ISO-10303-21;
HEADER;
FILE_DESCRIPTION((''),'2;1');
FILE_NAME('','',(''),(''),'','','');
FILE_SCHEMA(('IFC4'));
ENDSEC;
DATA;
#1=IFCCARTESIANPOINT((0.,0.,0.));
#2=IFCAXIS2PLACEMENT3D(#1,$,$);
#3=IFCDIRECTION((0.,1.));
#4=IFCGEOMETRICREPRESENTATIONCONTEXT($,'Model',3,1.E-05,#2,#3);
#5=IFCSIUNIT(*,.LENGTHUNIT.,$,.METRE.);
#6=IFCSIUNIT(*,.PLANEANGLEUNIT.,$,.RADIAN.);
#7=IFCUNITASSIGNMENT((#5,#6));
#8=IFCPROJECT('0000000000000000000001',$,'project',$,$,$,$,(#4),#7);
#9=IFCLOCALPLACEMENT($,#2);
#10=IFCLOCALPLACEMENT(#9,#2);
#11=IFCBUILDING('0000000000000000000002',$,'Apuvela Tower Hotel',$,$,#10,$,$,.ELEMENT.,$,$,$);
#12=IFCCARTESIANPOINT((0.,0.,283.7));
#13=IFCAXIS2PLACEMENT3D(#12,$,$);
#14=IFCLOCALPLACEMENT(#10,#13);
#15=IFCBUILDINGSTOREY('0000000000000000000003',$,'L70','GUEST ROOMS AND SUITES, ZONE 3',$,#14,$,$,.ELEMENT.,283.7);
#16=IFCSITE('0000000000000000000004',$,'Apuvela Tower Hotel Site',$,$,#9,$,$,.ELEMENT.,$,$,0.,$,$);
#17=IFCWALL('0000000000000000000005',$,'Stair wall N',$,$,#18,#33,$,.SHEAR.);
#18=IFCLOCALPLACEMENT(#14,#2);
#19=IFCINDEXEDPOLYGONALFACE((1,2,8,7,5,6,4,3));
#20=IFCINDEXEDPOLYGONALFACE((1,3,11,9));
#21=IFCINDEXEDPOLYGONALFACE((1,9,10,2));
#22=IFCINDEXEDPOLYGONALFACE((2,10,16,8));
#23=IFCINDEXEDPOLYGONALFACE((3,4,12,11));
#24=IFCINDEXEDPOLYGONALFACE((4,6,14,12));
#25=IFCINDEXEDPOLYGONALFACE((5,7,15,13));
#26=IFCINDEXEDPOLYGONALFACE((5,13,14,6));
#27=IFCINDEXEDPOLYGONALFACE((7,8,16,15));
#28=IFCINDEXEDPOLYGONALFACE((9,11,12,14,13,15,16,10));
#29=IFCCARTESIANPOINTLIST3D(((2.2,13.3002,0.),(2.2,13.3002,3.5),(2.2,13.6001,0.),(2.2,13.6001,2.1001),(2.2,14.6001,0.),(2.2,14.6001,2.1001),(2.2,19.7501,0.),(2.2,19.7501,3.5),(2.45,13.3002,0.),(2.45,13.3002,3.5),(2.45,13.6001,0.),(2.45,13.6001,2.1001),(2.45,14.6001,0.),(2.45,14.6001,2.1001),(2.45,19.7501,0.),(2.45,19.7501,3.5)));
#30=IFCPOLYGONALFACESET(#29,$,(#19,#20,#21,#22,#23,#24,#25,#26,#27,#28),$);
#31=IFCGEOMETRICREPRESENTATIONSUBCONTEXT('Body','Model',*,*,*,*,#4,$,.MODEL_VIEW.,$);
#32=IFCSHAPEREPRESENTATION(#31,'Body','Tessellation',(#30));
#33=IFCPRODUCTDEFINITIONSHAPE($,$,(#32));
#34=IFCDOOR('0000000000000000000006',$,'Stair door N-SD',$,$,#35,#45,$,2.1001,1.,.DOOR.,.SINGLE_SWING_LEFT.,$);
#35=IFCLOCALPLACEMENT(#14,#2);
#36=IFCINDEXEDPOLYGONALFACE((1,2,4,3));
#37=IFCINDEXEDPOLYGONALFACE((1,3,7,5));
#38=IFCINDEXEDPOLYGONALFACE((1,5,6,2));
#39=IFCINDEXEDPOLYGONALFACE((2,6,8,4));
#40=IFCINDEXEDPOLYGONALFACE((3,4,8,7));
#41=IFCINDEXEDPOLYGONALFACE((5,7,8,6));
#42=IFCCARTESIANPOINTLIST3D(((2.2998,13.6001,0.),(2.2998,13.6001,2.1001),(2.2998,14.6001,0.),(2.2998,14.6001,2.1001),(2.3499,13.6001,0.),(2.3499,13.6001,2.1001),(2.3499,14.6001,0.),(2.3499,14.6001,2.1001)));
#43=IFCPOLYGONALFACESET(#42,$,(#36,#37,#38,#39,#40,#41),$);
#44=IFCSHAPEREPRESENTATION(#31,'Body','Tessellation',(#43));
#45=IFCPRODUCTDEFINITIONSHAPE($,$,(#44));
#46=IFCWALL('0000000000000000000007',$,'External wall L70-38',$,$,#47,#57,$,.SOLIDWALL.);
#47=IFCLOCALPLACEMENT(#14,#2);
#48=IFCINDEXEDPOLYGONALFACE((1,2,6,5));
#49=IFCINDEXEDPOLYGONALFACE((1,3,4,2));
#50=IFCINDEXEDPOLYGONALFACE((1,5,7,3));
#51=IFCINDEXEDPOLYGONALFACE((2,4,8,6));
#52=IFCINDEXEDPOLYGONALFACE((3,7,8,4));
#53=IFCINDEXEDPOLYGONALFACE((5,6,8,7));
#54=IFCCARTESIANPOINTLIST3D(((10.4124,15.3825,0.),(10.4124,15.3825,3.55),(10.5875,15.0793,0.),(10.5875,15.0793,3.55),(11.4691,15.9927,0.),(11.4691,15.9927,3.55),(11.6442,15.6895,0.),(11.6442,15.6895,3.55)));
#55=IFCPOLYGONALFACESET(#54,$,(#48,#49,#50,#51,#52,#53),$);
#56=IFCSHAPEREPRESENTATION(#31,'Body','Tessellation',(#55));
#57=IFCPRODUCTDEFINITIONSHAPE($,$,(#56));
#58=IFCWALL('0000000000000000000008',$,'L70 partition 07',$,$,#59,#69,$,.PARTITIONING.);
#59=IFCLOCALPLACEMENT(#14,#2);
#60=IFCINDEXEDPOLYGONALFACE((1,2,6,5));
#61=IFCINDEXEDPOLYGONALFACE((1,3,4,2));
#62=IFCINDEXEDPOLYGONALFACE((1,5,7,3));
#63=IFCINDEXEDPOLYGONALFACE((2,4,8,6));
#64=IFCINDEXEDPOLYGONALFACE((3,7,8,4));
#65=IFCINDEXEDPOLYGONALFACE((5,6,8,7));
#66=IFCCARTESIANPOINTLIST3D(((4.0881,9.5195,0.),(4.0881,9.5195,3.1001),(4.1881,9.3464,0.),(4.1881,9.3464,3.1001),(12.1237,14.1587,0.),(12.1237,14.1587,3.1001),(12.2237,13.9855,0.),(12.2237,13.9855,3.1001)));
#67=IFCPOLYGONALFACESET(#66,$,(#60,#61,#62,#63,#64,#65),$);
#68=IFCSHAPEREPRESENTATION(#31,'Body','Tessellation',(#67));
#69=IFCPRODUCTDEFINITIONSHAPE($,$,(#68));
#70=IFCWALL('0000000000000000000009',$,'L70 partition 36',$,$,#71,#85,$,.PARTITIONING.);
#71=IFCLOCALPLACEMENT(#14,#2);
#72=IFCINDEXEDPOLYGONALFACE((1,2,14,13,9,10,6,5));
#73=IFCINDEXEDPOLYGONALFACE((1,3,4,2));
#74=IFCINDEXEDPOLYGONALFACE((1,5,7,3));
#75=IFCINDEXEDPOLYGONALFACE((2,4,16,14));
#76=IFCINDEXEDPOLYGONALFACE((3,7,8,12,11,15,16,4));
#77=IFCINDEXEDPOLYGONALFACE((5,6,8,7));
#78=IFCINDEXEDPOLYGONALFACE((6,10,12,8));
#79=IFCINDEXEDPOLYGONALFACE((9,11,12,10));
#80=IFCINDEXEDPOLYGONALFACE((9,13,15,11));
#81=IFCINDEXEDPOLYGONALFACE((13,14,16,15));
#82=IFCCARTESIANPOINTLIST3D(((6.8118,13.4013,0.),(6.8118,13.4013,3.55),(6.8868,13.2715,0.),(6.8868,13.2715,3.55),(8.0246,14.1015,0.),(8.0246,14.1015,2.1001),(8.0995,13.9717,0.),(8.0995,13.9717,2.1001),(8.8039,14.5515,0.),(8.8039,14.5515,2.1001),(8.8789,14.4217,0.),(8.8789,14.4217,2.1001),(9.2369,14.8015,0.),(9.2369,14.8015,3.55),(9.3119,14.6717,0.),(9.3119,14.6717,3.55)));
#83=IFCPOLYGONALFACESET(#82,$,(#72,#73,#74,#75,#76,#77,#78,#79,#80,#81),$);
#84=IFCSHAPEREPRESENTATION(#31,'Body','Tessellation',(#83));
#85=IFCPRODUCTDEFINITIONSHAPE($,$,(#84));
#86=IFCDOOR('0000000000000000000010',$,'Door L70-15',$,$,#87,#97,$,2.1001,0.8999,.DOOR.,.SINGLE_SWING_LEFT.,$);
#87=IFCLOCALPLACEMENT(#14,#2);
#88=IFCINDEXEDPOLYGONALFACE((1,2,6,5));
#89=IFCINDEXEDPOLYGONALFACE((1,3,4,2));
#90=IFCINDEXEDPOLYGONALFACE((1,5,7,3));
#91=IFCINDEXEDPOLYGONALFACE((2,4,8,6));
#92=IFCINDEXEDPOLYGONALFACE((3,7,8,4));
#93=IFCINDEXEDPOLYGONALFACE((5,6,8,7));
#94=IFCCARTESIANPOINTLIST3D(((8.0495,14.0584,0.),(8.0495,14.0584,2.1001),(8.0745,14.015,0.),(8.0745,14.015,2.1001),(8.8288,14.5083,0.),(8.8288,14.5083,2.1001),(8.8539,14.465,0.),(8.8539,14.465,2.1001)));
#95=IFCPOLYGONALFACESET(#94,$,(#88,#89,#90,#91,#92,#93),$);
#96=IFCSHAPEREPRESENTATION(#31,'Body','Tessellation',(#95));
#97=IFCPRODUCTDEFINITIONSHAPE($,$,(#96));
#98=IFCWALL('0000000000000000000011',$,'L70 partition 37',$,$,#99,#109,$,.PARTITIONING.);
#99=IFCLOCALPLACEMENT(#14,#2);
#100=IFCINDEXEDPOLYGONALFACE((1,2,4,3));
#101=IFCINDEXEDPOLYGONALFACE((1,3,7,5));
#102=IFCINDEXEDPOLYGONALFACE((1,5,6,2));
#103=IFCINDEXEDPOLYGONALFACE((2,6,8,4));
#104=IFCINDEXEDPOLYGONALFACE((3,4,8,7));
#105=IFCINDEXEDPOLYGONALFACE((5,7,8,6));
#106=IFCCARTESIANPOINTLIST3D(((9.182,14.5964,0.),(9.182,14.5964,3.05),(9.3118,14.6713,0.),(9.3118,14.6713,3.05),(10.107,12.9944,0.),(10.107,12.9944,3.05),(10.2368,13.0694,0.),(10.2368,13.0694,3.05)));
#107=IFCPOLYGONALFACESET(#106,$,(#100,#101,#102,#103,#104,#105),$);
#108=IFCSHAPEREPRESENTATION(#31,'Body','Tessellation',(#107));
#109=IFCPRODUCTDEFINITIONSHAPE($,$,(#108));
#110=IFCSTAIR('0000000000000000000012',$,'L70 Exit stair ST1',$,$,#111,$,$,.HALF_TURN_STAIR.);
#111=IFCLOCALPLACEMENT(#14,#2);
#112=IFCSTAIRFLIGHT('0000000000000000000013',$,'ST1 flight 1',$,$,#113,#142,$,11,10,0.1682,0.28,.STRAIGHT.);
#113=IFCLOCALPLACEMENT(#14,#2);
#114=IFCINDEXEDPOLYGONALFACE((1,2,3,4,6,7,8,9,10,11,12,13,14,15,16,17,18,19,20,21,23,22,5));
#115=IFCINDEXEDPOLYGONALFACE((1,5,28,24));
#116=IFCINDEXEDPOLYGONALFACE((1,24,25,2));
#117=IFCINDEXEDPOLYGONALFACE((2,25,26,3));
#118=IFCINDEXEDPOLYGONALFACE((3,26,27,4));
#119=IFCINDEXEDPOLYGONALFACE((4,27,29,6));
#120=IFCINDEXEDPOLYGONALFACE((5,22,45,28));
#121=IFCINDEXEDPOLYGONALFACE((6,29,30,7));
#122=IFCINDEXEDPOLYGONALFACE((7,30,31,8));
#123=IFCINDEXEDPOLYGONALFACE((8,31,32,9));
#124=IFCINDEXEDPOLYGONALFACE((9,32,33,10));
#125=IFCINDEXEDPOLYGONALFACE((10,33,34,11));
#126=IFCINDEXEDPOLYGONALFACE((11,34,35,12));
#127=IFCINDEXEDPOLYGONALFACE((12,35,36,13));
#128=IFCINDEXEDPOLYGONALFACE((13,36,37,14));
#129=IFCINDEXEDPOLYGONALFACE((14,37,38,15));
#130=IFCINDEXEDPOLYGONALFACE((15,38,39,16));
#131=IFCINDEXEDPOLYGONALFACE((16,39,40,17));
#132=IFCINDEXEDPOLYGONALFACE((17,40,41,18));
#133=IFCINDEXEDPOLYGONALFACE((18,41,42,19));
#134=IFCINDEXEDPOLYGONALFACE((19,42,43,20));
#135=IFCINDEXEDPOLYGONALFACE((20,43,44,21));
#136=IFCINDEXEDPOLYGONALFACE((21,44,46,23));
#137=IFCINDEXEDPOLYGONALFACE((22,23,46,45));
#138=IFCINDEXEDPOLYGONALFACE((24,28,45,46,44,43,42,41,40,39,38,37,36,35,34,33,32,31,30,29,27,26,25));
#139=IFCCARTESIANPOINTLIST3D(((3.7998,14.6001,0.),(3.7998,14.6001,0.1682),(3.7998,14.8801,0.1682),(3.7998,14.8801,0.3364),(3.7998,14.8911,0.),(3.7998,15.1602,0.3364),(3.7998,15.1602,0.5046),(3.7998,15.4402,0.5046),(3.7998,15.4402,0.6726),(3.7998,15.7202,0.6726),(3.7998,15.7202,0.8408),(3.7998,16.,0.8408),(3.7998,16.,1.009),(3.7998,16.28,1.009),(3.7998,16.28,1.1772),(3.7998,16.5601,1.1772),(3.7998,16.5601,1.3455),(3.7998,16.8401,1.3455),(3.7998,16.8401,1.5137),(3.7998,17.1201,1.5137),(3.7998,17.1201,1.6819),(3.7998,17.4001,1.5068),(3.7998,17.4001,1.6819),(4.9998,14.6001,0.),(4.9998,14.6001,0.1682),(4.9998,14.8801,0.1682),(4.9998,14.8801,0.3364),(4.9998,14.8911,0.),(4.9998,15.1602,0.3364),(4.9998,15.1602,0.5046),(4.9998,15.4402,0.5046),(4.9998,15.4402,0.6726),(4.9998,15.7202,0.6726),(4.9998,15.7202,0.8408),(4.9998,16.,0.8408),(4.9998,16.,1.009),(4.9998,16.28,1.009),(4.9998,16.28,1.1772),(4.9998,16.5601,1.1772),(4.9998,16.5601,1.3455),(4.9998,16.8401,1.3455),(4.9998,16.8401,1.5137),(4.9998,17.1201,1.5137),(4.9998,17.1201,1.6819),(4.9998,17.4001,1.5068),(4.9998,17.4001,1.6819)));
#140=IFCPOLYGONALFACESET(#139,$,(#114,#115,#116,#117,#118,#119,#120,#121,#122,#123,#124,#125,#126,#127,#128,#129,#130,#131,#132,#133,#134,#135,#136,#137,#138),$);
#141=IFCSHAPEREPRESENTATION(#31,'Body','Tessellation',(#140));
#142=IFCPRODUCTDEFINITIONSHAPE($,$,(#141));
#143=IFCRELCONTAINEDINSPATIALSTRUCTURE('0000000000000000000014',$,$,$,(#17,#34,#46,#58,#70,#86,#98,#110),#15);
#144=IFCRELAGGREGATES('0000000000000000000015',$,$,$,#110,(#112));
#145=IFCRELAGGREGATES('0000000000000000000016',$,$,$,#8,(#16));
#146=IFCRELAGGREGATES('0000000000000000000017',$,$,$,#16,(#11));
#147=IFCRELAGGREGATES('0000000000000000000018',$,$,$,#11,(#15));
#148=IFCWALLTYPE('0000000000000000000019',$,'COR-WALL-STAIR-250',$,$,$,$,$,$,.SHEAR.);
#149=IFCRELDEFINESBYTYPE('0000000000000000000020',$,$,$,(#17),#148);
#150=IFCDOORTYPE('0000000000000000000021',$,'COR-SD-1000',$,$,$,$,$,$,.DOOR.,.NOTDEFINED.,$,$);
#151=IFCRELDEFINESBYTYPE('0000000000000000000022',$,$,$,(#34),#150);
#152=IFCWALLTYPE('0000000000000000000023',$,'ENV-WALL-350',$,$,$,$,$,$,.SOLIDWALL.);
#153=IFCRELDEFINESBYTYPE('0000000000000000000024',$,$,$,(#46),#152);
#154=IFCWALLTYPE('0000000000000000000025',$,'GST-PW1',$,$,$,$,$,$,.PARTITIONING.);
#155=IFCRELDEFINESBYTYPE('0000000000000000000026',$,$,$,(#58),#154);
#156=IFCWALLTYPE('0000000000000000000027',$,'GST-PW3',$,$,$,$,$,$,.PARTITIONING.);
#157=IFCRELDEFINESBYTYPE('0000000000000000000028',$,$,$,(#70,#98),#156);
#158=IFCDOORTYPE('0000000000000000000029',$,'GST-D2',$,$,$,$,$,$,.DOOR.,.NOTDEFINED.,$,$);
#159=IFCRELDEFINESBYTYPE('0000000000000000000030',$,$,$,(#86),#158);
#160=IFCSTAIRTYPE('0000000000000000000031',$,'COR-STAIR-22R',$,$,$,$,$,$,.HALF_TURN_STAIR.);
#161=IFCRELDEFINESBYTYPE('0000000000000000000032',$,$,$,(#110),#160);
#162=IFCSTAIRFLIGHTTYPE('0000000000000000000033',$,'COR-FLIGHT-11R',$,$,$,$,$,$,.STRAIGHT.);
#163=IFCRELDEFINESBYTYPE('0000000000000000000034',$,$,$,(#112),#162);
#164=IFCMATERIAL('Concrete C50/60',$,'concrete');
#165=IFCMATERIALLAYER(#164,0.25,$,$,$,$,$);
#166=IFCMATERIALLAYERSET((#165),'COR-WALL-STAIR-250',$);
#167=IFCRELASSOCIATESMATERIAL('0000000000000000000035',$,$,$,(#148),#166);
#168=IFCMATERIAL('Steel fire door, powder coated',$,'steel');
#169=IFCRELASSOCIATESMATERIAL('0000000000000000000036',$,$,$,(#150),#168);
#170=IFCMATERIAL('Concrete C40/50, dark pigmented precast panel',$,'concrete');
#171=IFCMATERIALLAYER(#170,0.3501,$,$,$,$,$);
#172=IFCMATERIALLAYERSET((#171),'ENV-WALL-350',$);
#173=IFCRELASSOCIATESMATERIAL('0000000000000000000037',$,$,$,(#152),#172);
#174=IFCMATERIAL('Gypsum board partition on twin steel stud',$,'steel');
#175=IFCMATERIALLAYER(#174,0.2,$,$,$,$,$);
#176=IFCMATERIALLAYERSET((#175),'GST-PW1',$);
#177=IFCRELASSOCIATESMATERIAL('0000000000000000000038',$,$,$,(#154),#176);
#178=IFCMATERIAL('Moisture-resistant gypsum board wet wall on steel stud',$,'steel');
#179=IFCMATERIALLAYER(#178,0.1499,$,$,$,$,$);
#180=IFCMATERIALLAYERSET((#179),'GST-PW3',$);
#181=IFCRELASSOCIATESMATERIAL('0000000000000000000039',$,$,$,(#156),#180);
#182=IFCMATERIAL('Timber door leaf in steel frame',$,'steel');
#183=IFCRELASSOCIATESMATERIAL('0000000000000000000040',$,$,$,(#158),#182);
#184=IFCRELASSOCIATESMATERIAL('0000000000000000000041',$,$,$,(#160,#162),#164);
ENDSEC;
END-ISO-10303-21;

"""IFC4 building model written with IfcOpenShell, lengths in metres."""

from ifc_helpers import new_model, si_unit, direction, frame, frame_2d, origin, place, context, subcontext, project, spatial, polyline, rectangle, outline, extrude, material, layer, layer_set, type_object, element, fill, aggregate, save


model = new_model("IFC4")

# Units and contexts
model_context = context("Model", 3, precision=1e-05, world=origin(), true_north=direction((0.0, 1.0)))
body_context = subcontext(model_context, "Body", "Model", "MODEL_VIEW")
ifc_project = project(units=[si_unit("LENGTHUNIT", "METRE"), si_unit("PLANEANGLEUNIT", "RADIAN")], contexts=[model_context])

# Site, building, storey
site_placement = place(None, origin())
site = spatial("IfcSite", under=ifc_project, at=site_placement, Name="Apuvela Tower Hotel Site", CompositionType="ELEMENT", RefElevation=0.0)
building_placement = place(site_placement, origin())
building = spatial("IfcBuilding", under=site, at=building_placement, Name="Apuvela Tower Hotel", CompositionType="ELEMENT")
storey_placement = place(building_placement, frame((0.0, 0.0, 283.7)))
storey = spatial("IfcBuildingStorey", under=building, at=storey_placement, Name="L70", Description="GUEST ROOMS AND SUITES, ZONE 3", CompositionType="ELEMENT", Elevation=283.7)

# Shared definitions
ifc_material_1 = material(Name="Concrete C50/60", Category="concrete")
ifc_material_2 = material(Name="Steel fire door, powder coated", Category="steel")

# Wall, opening, door
ifc_layer_1 = layer(ifc_material_1, 0.25)
ifc_layer_set_1 = layer_set([ifc_layer_1], Name="COR-WALL-STAIR-250")
wall_type_1 = type_object("IfcWallType", Name="COR-WALL-STAIR-250", PredefinedType="SHEAR", material=ifc_layer_set_1)
wall_1_placement = place(storey_placement, frame((2.325, 13.3, 0.0), z_axis=(0.0, 0.0, 1.0), x_axis=(0.0, 1.0, 0.0)))
wall_1 = element("IfcWall", 1, at=wall_1_placement, inside=storey, type_object=wall_type_1, Name="Stair wall N", PredefinedType="SHEAR", context=body_context, shape_type="SweptSolid", body=[
    extrude(rectangle(XDim=6.45, YDim=0.25, at=frame_2d((3.2251, 0.0))), origin(), (0.0, 0.0, 1.0), 3.5),
])
opening_1_placement = place(wall_1_placement, frame((0.3, 0.0, 0.0)))
opening_1 = element("IfcOpeningElement", 2, at=opening_1_placement, cuts=wall_1, PredefinedType="OPENING", context=body_context, shape_type="SweptSolid", body=[
    extrude(rectangle(XDim=1.0, YDim=2.1001, at=frame_2d((0.5, 1.05))), frame((0.0, 0.135, 0.0), z_axis=(0.0, -1.0, 0.0), x_axis=(1.0, 0.0, 0.0)), (0.0, 0.0, 1.0), 0.27),
])
door_type_1 = type_object("IfcDoorType", Name="COR-SD-1000", OperationType="NOTDEFINED", PredefinedType="DOOR", material=ifc_material_2)
door_1_placement = place(opening_1_placement, frame((1.0, 0.0, 0.0), z_axis=(0.0, 0.0, 1.0), x_axis=(-1.0, 0.0, 0.0)))
door_1 = element("IfcDoor", 3, at=door_1_placement, inside=storey, type_object=door_type_1, Name="Stair door N-SD", OperationType="SINGLE_SWING_LEFT", OverallHeight=2.1001, OverallWidth=1.0, PredefinedType="DOOR", context=body_context, shape_type="SweptSolid", body=[
    extrude(rectangle(XDim=1.0, YDim=2.1001, at=frame_2d((0.5, 1.05))), frame((0.0, 0.0249, 0.0), z_axis=(0.0, -1.0, 0.0), x_axis=(1.0, 0.0, 0.0)), (0.0, 0.0, 1.0), 0.05),
])
fill(opening_1, door_1)

# Wall
ifc_material_3 = material(Name="Concrete C40/50, dark pigmented precast panel", Category="concrete")
ifc_layer_2 = layer(ifc_material_3, 0.3501)
ifc_layer_set_2 = layer_set([ifc_layer_2], Name="ENV-WALL-350")
wall_type_2 = type_object("IfcWallType", Name="ENV-WALL-350", PredefinedType="SOLIDWALL", material=ifc_layer_set_2)
wall_2_placement = place(storey_placement, frame((11.5566, 15.8411, 0.0), z_axis=(0.0, 0.0, 1.0), x_axis=(-0.866006, -0.500034, 0.0)))
element("IfcWall", 4, at=wall_2_placement, inside=storey, type_object=wall_type_2, Name="External wall L70-38", PredefinedType="SOLIDWALL", context=body_context, shape_type="SweptSolid", body=[
    extrude(rectangle(XDim=1.2202, YDim=0.3501, at=frame_2d((0.6101, 0.0))), origin(), (0.0, 0.0, 1.0), 3.55),
])

# Wall
ifc_material_4 = material(Name="Gypsum board partition on twin steel stud", Category="steel")
ifc_layer_3 = layer(ifc_material_4, 0.2)
ifc_layer_set_3 = layer_set([ifc_layer_3], Name="GST-PW1")
wall_type_3 = type_object("IfcWallType", Name="GST-PW1", PredefinedType="PARTITIONING", material=ifc_layer_set_3)
wall_3_placement = place(storey_placement, frame((12.1736, 14.072, 0.0), z_axis=(0.0, 0.0, 1.0), x_axis=(-0.866036, -0.499982, 0.0)))
element("IfcWall", 5, at=wall_3_placement, inside=storey, type_object=wall_type_3, Name="L70 partition 07", PredefinedType="PARTITIONING", context=body_context, shape_type="SweptSolid", body=[
    extrude(rectangle(XDim=9.2786, YDim=0.2, at=frame_2d((4.6392, 0.0))), origin(), (0.0, 0.0, 1.0), 3.1001),
])

# Wall, opening, door
ifc_material_5 = material(Name="Moisture-resistant gypsum board wet wall on steel stud", Category="steel")
ifc_layer_4 = layer(ifc_material_5, 0.1499)
ifc_layer_set_4 = layer_set([ifc_layer_4], Name="GST-PW3")
wall_type_4 = type_object("IfcWallType", Name="GST-PW3", PredefinedType="PARTITIONING", material=ifc_layer_set_4)
wall_4_placement = place(storey_placement, frame((9.2744, 14.7366, 0.0), z_axis=(0.0, 0.0, 1.0), x_axis=(-0.866019, -0.500012, 0.0)))
wall_4 = element("IfcWall", 6, at=wall_4_placement, inside=storey, type_object=wall_type_4, Name="L70 partition 36", PredefinedType="PARTITIONING", context=body_context, shape_type="SweptSolid", body=[
    extrude(rectangle(XDim=2.8003, YDim=0.1499, at=frame_2d((1.4001, 0.0))), origin(), (0.0, 0.0, 1.0), 3.55),
])
opening_2_placement = place(wall_4_placement, frame((0.5, 0.0, 0.0)))
opening_2 = element("IfcOpeningElement", 7, at=opening_2_placement, cuts=wall_4, PredefinedType="OPENING", context=body_context, shape_type="SweptSolid", body=[
    extrude(rectangle(XDim=0.8999, YDim=2.1001, at=frame_2d((0.45, 1.05))), frame((0.0, 0.085, 0.0), z_axis=(0.0, -1.0, 0.0), x_axis=(1.0, 0.0, 0.0)), (0.0, 0.0, 1.0), 0.1699),
])
ifc_material_6 = material(Name="Timber door leaf in steel frame", Category="steel")
door_type_2 = type_object("IfcDoorType", Name="GST-D2", OperationType="NOTDEFINED", PredefinedType="DOOR", material=ifc_material_6)
door_2_placement = place(opening_2_placement, origin())
door_2 = element("IfcDoor", 8, at=door_2_placement, inside=storey, type_object=door_type_2, Name="Door L70-15", OperationType="SINGLE_SWING_LEFT", OverallHeight=2.1001, OverallWidth=0.8999, PredefinedType="DOOR", context=body_context, shape_type="SweptSolid", body=[
    extrude(rectangle(XDim=0.8999, YDim=2.1001, at=frame_2d((0.45, 1.05))), frame((0.0, 0.0249, 0.0), z_axis=(0.0, -1.0, 0.0), x_axis=(1.0, 0.0, 0.0)), (0.0, 0.0, 1.0), 0.05),
])
fill(opening_2, door_2)

# Wall
wall_5_placement = place(storey_placement, frame((10.1719, 13.032, 0.0), z_axis=(0.0, 0.0, 1.0), x_axis=(-0.500042, 0.866001, 0.0)))
element("IfcWall", 9, at=wall_5_placement, inside=storey, type_object=wall_type_4, Name="L70 partition 37", PredefinedType="PARTITIONING", context=body_context, shape_type="SweptSolid", body=[
    extrude(rectangle(XDim=1.8499, YDim=0.1499, at=frame_2d((0.9248, 0.0))), origin(), (0.0, 0.0, 1.0), 3.05),
])

# Stair, stair flight
stair_type = type_object("IfcStairType", Name="COR-STAIR-22R", PredefinedType="HALF_TURN_STAIR", material=ifc_material_1)
stair_placement = place(storey_placement, origin())
stair = element("IfcStair", 10, at=stair_placement, inside=storey, type_object=stair_type, Name="L70 Exit stair ST1", PredefinedType="HALF_TURN_STAIR")
stair_flight_type = type_object("IfcStairFlightType", Name="COR-FLIGHT-11R", PredefinedType="STRAIGHT", material=ifc_material_1)
stair_flight_placement = place(storey_placement, frame((4.3999, 14.6001, 0.0), z_axis=(0.0, 0.0, 1.0), x_axis=(0.0, 1.0, 0.0)))
stair_flight = element("IfcStairFlight", 11, at=stair_flight_placement, type_object=stair_flight_type, Name="ST1 flight 1", NumberOfRisers=11, NumberOfTreads=10, PredefinedType="STRAIGHT", RiserHeight=0.1682, TreadLength=0.28, context=body_context, shape_type="SweptSolid", body=[
    extrude(outline(polyline([(0.0, 0.0), (0.0, 0.1682), (0.28, 0.1682), (0.28, 0.3364), (0.5601, 0.3364), (0.5601, 0.5046), (0.8401, 0.5046), (0.8401, 0.6726), (1.1201, 0.6726), (1.1201, 0.8408), (1.3999, 0.8408), (1.3999, 1.009), (1.6799, 1.009), (1.6799, 1.1772), (1.96, 1.1772), (1.96, 1.3455), (2.24, 1.3455), (2.24, 1.5137), (2.52, 1.5137), (2.52, 1.6819), (2.8, 1.6819), (2.8, 1.8501), (2.8, 1.5068), (0.291, 0.0), (0.0, 0.0)])), frame((0.0, 0.6001, 0.0), z_axis=(0.0, -1.0, 0.0), x_axis=(1.0, 0.0, 0.0)), (0.0, 0.0, 1.0), 1.2),
])
aggregate(stair, [stair_flight])

save(model, "model.ifc")
